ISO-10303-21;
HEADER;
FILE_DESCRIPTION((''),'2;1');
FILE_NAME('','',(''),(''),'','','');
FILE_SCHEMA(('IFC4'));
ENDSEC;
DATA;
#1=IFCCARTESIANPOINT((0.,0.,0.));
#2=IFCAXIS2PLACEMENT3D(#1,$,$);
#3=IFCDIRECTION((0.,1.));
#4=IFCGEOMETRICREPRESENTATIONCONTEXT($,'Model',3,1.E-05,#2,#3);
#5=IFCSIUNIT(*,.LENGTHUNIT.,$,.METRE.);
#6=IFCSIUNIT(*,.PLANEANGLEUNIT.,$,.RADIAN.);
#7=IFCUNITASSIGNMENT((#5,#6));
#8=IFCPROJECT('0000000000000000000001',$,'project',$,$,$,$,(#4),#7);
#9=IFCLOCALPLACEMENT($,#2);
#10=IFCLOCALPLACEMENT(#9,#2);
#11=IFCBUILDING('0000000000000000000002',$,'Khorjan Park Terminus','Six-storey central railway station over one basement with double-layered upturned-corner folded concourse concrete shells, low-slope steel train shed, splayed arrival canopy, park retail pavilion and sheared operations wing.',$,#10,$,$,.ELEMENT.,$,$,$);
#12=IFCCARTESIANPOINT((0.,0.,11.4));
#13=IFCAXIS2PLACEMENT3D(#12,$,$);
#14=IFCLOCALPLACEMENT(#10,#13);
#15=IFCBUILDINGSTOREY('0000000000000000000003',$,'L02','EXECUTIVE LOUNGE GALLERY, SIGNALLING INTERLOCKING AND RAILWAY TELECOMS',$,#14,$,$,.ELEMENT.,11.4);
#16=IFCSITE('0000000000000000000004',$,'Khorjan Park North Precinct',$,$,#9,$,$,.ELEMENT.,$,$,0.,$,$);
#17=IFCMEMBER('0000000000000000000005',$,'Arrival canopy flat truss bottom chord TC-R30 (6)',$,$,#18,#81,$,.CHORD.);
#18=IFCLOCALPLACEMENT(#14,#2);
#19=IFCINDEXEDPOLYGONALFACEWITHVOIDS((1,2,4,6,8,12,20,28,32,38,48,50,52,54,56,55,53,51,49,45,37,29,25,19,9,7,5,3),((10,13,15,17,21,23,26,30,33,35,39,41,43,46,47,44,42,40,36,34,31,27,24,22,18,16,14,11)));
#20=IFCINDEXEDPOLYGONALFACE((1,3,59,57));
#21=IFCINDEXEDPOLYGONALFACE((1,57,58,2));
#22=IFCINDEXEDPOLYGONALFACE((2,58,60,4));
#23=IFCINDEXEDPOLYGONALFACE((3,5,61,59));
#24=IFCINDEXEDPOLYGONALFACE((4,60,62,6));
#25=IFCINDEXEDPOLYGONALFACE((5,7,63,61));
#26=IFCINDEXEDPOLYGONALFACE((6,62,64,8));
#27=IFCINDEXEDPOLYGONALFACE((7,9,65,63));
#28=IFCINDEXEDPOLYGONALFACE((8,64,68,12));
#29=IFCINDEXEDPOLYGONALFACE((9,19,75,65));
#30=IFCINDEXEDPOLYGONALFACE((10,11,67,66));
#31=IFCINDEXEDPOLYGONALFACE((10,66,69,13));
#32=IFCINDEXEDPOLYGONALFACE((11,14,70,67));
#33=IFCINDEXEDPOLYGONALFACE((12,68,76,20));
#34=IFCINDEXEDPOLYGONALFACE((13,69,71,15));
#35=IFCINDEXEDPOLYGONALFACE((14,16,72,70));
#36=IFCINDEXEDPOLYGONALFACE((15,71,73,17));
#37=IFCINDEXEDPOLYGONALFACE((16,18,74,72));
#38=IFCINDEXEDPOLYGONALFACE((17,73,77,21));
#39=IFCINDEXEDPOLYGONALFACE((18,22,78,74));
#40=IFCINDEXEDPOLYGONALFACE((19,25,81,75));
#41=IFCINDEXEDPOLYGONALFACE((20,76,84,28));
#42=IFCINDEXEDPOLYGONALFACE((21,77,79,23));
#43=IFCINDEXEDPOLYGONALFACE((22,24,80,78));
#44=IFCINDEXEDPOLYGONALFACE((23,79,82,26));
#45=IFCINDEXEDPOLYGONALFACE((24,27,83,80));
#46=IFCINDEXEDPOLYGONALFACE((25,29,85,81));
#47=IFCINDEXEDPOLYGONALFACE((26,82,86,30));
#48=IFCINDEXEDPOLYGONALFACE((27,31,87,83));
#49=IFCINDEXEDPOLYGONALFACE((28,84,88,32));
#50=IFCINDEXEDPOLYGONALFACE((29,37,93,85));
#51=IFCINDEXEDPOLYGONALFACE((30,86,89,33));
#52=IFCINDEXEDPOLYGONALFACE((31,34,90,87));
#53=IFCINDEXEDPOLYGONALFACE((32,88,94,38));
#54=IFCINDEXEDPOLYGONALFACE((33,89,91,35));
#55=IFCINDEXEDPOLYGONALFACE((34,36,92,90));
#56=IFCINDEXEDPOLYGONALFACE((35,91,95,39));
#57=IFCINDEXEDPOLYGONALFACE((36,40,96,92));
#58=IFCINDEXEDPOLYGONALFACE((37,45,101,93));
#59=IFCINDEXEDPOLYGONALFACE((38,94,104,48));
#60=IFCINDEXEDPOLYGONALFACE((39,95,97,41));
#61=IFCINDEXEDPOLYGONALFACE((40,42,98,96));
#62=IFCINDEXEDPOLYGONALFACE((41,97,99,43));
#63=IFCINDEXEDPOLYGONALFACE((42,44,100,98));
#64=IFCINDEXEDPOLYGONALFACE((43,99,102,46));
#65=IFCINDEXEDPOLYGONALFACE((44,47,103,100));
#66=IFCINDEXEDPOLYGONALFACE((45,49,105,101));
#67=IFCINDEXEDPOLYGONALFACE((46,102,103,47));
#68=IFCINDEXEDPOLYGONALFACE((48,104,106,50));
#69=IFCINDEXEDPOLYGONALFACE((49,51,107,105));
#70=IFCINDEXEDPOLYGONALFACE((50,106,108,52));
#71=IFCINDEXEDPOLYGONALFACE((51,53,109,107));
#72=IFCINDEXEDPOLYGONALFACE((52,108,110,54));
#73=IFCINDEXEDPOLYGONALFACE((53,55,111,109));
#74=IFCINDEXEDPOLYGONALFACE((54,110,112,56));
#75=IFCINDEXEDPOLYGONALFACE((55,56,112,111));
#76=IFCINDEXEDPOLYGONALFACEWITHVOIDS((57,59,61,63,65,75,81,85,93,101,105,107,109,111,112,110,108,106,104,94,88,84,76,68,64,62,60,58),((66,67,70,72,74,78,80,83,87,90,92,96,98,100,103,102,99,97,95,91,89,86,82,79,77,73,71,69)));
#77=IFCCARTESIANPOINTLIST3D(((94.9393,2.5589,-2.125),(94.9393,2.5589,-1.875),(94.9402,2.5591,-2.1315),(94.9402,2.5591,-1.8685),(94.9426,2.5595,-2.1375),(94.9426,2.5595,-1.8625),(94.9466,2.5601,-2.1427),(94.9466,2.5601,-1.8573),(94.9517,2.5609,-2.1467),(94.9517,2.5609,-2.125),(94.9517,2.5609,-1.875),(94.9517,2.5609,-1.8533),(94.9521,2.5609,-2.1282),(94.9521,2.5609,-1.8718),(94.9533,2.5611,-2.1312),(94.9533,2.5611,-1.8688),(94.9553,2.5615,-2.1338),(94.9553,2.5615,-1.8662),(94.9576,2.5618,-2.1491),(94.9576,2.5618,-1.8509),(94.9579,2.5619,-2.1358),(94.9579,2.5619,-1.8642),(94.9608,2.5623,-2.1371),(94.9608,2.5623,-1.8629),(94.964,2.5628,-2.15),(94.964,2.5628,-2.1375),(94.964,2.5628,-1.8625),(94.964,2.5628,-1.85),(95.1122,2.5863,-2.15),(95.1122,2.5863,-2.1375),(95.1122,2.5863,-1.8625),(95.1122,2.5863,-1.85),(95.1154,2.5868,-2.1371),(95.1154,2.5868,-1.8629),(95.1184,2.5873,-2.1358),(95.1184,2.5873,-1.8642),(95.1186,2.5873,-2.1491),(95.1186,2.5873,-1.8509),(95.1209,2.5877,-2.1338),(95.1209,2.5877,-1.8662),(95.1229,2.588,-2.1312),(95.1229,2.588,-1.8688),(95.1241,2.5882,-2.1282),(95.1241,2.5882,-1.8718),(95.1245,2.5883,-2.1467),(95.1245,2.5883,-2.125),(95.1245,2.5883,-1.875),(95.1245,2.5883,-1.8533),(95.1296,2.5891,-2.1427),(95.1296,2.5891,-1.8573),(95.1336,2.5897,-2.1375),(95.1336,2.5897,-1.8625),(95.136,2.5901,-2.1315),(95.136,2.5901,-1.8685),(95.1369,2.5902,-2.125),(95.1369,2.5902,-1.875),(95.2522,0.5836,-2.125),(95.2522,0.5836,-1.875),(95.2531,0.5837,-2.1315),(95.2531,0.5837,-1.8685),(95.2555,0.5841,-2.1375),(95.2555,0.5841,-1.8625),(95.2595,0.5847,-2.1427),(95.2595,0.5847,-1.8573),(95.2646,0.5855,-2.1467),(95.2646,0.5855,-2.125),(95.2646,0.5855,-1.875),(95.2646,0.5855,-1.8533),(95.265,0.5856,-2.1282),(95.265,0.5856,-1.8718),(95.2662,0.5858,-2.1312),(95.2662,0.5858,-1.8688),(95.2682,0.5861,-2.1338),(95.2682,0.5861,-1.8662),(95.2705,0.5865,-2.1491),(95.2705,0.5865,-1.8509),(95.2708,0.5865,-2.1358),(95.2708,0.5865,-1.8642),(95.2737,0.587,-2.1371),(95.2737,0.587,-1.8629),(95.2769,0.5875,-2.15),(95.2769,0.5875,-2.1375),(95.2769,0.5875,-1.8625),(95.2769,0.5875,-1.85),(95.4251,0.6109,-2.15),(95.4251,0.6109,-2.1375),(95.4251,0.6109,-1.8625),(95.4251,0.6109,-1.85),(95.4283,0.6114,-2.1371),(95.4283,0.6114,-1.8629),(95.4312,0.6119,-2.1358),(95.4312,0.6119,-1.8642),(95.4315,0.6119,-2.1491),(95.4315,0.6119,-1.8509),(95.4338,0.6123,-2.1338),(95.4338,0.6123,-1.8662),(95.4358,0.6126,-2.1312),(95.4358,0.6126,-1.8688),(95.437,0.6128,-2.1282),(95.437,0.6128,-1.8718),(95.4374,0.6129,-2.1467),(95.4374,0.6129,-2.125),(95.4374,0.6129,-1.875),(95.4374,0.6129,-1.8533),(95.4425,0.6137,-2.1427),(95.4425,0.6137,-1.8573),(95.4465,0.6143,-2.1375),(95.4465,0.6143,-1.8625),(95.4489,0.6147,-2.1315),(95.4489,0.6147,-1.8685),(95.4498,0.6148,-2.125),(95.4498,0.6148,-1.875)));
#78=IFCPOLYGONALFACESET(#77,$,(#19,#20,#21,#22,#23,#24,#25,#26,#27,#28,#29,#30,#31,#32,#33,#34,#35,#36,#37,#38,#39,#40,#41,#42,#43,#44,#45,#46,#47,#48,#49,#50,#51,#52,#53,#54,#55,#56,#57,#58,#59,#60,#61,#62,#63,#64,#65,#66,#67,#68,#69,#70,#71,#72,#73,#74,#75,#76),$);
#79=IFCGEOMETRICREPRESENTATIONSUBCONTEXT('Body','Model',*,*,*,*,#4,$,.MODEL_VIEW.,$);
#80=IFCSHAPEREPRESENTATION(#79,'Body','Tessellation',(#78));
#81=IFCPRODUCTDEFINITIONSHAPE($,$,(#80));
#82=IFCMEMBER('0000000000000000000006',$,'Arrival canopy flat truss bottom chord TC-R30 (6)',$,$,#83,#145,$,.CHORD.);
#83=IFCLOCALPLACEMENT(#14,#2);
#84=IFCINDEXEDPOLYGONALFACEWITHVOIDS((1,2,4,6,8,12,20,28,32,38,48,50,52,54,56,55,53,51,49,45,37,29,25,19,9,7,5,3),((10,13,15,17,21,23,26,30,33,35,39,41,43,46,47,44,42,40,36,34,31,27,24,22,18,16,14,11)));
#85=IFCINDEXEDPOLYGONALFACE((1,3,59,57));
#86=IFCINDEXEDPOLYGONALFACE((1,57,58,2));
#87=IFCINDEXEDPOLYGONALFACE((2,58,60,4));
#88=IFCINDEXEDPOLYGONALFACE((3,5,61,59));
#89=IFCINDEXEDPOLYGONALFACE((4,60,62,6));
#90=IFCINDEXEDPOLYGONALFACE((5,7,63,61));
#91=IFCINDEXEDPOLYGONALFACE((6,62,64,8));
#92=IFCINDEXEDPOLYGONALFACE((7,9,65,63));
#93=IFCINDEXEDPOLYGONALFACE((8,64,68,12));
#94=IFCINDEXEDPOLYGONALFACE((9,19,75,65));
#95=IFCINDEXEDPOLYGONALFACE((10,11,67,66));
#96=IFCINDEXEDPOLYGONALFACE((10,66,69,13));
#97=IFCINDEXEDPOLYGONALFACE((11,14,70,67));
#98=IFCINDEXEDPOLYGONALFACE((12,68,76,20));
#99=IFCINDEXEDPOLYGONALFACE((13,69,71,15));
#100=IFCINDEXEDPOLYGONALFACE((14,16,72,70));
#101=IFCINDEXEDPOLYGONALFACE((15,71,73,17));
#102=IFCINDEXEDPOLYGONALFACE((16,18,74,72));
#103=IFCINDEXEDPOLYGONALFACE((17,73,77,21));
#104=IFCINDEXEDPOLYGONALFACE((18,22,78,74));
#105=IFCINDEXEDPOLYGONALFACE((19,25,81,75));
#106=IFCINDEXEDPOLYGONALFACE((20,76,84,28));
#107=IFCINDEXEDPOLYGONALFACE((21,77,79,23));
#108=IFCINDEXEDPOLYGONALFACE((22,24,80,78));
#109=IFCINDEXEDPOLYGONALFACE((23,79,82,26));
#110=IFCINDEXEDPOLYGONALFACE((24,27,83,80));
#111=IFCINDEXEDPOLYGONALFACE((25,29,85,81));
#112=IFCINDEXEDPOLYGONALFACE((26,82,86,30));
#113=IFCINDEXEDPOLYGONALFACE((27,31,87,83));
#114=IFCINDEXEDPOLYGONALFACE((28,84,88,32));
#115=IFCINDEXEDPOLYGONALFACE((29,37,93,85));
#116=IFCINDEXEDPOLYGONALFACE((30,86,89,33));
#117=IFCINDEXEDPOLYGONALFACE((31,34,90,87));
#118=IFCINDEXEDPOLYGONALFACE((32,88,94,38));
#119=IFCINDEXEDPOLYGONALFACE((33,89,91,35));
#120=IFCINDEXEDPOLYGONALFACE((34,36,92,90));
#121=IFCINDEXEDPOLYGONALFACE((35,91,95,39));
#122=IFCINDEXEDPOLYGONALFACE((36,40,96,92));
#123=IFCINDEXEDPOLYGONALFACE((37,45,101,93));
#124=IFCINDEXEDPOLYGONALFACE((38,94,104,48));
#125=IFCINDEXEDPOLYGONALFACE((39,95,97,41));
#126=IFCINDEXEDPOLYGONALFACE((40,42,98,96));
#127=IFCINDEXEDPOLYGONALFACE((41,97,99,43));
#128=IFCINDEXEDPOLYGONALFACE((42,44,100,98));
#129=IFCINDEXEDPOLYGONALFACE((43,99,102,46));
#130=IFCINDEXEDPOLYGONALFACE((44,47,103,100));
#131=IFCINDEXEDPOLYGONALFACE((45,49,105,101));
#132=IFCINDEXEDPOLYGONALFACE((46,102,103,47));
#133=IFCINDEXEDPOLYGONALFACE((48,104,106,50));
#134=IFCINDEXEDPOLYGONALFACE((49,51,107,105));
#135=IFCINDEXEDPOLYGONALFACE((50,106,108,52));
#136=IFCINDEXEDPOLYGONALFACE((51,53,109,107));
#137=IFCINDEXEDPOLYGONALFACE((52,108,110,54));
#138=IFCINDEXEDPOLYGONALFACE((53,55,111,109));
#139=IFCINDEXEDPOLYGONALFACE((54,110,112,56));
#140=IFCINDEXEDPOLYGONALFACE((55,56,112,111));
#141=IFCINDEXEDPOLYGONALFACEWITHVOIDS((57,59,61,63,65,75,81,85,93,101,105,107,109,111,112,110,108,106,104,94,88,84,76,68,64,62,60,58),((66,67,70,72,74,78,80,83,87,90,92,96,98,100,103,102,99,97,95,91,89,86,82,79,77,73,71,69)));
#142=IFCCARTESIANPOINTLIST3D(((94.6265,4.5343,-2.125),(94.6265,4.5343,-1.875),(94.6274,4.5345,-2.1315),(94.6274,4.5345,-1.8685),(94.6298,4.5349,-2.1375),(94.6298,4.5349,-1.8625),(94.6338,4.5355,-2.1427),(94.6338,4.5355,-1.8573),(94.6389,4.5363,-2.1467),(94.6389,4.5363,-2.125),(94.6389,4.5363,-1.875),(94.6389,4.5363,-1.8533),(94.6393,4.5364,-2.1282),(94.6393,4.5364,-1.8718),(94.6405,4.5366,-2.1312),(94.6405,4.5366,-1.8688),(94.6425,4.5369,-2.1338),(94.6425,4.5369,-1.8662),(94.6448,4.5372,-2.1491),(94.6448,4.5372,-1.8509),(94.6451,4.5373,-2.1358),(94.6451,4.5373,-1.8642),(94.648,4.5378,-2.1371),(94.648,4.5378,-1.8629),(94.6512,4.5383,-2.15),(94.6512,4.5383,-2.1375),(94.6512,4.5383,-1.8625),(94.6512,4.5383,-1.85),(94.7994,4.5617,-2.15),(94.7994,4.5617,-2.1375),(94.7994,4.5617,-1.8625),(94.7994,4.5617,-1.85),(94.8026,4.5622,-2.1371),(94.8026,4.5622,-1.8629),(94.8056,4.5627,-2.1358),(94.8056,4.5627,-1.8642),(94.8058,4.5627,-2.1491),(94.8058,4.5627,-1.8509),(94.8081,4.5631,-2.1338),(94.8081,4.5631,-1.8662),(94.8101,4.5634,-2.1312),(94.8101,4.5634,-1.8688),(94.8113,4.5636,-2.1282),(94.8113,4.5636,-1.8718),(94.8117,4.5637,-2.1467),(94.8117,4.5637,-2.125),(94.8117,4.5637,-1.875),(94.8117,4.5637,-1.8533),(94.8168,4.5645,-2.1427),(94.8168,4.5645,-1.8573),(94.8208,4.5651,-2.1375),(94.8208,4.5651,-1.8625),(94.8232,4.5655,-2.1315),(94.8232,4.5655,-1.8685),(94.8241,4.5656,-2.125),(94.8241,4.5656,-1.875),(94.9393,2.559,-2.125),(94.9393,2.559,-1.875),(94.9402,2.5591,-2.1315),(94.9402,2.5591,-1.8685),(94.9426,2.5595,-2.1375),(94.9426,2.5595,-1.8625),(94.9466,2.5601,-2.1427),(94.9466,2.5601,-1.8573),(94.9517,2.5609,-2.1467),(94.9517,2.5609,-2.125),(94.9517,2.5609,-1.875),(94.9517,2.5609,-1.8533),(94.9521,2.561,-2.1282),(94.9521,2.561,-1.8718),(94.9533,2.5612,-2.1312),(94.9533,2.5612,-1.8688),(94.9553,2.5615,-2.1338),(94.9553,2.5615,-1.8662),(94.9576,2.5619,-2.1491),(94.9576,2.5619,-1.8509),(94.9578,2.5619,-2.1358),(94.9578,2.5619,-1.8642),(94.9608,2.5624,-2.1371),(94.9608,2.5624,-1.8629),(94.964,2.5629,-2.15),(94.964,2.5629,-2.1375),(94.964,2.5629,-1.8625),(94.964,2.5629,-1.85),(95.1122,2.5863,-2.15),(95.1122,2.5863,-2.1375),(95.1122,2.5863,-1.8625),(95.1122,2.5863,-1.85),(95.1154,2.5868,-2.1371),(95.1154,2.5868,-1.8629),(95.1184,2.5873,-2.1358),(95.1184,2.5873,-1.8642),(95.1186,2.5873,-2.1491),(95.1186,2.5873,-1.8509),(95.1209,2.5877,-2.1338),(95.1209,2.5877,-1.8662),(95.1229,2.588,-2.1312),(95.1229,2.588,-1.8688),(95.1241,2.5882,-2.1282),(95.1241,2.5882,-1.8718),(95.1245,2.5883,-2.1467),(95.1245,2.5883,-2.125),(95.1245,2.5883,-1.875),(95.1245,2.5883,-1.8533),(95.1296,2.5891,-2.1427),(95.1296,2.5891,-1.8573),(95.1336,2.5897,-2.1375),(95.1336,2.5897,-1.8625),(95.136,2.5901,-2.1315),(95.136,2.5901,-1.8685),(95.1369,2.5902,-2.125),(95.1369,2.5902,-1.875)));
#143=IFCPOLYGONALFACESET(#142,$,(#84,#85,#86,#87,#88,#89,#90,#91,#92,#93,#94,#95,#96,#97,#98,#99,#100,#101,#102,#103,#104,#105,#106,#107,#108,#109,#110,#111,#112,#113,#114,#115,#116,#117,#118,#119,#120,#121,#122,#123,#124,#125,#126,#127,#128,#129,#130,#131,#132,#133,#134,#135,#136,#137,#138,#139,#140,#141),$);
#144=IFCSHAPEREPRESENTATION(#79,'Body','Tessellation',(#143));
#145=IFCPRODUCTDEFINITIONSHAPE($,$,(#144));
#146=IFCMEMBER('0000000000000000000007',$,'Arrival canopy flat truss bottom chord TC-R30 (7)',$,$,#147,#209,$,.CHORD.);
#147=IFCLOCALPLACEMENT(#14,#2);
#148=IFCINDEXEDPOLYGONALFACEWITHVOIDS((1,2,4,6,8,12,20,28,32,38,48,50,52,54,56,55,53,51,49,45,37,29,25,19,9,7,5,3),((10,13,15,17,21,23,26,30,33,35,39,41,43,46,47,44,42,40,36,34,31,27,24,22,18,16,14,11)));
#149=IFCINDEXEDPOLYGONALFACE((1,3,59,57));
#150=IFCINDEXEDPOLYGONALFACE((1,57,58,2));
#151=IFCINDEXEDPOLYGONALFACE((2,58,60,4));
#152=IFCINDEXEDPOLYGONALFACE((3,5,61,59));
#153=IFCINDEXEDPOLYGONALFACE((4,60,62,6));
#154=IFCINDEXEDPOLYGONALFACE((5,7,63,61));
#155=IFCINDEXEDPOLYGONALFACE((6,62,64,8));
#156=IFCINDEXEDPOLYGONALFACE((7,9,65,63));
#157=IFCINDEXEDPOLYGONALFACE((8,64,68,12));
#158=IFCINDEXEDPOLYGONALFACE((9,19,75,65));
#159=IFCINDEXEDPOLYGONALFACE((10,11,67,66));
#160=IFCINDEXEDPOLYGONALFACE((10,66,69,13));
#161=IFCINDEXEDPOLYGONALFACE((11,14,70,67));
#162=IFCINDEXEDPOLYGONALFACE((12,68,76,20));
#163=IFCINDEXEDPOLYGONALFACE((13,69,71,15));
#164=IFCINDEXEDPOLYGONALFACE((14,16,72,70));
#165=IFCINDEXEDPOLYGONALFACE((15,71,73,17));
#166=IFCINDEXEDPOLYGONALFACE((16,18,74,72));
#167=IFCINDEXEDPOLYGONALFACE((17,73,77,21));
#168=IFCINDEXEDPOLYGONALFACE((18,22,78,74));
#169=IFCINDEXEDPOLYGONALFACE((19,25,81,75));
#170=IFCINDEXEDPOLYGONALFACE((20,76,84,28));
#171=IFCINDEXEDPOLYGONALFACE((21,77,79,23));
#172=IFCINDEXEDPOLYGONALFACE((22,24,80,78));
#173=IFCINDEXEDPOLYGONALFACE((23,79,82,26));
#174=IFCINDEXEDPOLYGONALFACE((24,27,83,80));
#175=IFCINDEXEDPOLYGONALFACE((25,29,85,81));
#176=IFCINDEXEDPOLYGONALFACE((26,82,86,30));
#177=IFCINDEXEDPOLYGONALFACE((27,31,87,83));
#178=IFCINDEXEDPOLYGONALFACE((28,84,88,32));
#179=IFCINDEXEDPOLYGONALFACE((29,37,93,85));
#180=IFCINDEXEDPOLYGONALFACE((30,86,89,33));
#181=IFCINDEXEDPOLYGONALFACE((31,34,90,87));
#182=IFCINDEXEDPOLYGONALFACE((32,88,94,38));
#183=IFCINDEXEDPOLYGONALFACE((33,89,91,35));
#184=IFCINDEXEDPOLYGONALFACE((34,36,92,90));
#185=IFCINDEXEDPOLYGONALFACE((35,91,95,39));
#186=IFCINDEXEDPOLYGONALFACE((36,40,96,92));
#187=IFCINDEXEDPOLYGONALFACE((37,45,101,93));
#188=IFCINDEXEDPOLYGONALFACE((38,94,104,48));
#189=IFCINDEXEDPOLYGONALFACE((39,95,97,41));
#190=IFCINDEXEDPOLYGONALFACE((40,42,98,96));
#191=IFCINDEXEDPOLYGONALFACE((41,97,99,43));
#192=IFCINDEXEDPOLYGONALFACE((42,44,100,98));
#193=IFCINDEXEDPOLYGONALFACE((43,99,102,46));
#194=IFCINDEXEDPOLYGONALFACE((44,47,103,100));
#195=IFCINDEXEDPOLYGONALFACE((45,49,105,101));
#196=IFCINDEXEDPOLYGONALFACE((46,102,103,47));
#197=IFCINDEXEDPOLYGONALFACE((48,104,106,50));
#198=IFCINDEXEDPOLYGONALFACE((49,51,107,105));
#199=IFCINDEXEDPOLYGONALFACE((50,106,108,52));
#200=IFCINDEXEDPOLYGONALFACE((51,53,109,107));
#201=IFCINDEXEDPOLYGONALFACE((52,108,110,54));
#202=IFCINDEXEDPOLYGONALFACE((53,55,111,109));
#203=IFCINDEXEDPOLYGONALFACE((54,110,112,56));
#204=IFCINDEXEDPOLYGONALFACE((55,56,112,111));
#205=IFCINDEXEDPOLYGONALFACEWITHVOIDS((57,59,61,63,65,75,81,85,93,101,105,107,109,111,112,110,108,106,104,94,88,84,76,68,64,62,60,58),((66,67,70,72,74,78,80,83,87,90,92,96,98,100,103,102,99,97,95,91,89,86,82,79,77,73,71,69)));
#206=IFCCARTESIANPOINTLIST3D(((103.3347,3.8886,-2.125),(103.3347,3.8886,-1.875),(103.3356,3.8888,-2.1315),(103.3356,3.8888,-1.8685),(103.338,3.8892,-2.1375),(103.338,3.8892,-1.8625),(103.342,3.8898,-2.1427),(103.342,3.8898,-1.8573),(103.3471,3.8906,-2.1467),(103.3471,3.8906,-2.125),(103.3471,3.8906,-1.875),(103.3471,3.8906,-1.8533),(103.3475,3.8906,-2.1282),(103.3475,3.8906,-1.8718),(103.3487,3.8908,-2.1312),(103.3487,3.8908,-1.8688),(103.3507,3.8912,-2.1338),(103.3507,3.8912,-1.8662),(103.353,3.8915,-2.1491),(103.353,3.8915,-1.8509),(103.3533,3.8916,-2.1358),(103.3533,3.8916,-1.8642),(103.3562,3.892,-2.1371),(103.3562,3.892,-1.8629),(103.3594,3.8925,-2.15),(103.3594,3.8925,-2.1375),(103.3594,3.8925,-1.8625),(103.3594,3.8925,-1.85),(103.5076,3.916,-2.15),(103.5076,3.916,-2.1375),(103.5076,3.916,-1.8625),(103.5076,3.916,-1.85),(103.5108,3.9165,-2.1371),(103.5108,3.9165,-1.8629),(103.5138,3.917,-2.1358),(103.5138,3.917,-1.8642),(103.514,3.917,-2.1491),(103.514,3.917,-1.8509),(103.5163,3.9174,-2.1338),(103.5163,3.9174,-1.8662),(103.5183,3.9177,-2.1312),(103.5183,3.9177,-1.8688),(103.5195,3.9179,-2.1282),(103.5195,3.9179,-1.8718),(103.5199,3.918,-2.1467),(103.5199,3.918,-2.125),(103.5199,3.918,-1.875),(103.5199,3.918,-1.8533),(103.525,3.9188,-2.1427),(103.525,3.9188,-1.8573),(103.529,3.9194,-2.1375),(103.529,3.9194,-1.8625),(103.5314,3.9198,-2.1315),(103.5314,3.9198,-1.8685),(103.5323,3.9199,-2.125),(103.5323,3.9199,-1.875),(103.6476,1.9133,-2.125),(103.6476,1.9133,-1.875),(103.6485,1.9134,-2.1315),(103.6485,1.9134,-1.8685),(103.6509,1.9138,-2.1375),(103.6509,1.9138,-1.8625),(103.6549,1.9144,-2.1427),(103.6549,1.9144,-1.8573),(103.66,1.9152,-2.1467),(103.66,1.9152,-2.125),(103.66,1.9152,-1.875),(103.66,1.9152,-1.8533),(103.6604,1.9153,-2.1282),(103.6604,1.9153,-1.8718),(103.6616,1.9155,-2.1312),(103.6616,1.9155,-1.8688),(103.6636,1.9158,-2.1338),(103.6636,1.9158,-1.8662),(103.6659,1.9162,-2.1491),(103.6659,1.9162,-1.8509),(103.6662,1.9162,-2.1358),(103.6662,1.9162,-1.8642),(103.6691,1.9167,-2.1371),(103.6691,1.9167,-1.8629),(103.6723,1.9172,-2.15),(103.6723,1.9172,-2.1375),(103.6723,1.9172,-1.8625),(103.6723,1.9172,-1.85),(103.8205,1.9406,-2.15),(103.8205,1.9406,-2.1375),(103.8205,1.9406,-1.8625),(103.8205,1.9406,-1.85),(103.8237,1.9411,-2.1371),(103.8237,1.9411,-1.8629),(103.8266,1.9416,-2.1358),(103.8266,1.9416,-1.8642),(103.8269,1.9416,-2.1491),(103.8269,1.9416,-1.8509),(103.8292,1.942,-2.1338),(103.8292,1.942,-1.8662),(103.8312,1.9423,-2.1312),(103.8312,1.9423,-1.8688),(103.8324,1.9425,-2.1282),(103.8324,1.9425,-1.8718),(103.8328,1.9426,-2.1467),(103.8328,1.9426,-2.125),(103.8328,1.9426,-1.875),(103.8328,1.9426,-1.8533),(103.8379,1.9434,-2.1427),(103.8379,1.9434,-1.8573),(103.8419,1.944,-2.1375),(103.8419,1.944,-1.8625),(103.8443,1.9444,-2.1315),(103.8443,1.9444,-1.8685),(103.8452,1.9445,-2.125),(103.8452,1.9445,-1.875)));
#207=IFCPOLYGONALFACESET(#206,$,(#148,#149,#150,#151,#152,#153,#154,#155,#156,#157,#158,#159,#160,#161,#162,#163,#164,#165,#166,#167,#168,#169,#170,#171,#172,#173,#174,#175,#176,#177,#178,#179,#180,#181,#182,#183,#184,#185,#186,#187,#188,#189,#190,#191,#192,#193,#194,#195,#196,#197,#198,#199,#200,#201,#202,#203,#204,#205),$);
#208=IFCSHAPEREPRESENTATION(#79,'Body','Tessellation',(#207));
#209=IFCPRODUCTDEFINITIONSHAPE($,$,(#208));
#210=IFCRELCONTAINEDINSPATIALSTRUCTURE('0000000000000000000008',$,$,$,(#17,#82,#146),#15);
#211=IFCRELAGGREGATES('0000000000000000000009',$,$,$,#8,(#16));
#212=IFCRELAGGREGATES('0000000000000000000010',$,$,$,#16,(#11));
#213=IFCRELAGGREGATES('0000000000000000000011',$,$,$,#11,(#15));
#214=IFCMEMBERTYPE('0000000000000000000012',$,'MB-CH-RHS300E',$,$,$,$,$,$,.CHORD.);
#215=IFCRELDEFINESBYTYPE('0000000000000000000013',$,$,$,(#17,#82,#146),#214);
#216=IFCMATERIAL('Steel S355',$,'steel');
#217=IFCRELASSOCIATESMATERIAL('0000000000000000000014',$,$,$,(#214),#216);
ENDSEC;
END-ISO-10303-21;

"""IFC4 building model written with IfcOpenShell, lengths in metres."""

from ifc_helpers import new_model, si_unit, direction, frame, origin, origin_2d, place, context, subcontext, project, spatial, hollow_rectangle, extrude, material, material_profile, profile_set, type_object, element, save


model = new_model("IFC4")

# Units and contexts
model_context = context("Model", 3, precision=1e-05, world=origin(), true_north=direction((0.0, 1.0)))
body_context = subcontext(model_context, "Body", "Model", "MODEL_VIEW")
ifc_project = project(units=[si_unit("LENGTHUNIT", "METRE"), si_unit("PLANEANGLEUNIT", "RADIAN")], contexts=[model_context])

# Site, building, storey
site_placement = place(None, origin())
site = spatial("IfcSite", under=ifc_project, at=site_placement, Name="Khorjan Park North Precinct", CompositionType="ELEMENT", RefElevation=0.0)
building_placement = place(site_placement, origin())
building = spatial("IfcBuilding", under=site, at=building_placement, Name="Khorjan Park Terminus", Description="Six-storey central railway station over one basement with double-layered upturned-corner folded concourse concrete shells, low-slope steel train shed, splayed arrival canopy, park retail pavilion and sheared operations wing.", CompositionType="ELEMENT")
storey_placement = place(building_placement, frame((0.0, 0.0, 11.4)))
storey = spatial("IfcBuildingStorey", under=building, at=storey_placement, Name="L02", Description="EXECUTIVE LOUNGE GALLERY, SIGNALLING INTERLOCKING AND RAILWAY TELECOMS", CompositionType="ELEMENT", Elevation=11.4)

# Members
ifc_material = material(Name="Steel S355", Category="steel")
ifc_material_profile_1 = material_profile(ifc_material, hollow_rectangle(XDim=0.2, YDim=0.3, WallThickness=0.0125, InnerFilletRadius=0.0125, OuterFilletRadius=0.025, at=origin_2d()), Name="RHS 300x200x12.5")
ifc_profile_set_1 = profile_set([ifc_material_profile_1], Name="Steel S355")
member_type_1 = type_object("IfcMemberType", Name="MB-CH-RHS300E", PredefinedType="CHORD", material=ifc_profile_set_1)
for number, where, z_axis, x_axis, name in (
    (1, (95.351, 0.5992, -2.0), (-0.156448, 0.987686, 0.0), (-0.987686, -0.156448, 0.0), "Arrival canopy flat truss bottom chord TC-R30 (6)"),
    (2, (95.0381, 2.5746, -2.0), (-0.156399, 0.987694, 0.0), (-0.987694, -0.156399, 0.0), "Arrival canopy flat truss bottom chord TC-R30 (6)"),
    (3, (103.7464, 1.9289, -2.0), (-0.156448, 0.987686, 0.0), (-0.987686, -0.156448, 0.0), "Arrival canopy flat truss bottom chord TC-R30 (7)"),
):
    element("IfcMember", number, at=place(storey_placement, frame(where, z_axis=z_axis, x_axis=x_axis)), inside=storey, type_object=member_type_1, Name=name, PredefinedType="CHORD", context=body_context, shape_type="SweptSolid", body=[
        extrude(hollow_rectangle(XDim=0.2, YDim=0.3, WallThickness=0.0125, InnerFilletRadius=0.0125, OuterFilletRadius=0.025, at=origin_2d()), origin(), (0.0, 0.0, 1.0), 2.0),
    ])

save(model, "model.ifc")
